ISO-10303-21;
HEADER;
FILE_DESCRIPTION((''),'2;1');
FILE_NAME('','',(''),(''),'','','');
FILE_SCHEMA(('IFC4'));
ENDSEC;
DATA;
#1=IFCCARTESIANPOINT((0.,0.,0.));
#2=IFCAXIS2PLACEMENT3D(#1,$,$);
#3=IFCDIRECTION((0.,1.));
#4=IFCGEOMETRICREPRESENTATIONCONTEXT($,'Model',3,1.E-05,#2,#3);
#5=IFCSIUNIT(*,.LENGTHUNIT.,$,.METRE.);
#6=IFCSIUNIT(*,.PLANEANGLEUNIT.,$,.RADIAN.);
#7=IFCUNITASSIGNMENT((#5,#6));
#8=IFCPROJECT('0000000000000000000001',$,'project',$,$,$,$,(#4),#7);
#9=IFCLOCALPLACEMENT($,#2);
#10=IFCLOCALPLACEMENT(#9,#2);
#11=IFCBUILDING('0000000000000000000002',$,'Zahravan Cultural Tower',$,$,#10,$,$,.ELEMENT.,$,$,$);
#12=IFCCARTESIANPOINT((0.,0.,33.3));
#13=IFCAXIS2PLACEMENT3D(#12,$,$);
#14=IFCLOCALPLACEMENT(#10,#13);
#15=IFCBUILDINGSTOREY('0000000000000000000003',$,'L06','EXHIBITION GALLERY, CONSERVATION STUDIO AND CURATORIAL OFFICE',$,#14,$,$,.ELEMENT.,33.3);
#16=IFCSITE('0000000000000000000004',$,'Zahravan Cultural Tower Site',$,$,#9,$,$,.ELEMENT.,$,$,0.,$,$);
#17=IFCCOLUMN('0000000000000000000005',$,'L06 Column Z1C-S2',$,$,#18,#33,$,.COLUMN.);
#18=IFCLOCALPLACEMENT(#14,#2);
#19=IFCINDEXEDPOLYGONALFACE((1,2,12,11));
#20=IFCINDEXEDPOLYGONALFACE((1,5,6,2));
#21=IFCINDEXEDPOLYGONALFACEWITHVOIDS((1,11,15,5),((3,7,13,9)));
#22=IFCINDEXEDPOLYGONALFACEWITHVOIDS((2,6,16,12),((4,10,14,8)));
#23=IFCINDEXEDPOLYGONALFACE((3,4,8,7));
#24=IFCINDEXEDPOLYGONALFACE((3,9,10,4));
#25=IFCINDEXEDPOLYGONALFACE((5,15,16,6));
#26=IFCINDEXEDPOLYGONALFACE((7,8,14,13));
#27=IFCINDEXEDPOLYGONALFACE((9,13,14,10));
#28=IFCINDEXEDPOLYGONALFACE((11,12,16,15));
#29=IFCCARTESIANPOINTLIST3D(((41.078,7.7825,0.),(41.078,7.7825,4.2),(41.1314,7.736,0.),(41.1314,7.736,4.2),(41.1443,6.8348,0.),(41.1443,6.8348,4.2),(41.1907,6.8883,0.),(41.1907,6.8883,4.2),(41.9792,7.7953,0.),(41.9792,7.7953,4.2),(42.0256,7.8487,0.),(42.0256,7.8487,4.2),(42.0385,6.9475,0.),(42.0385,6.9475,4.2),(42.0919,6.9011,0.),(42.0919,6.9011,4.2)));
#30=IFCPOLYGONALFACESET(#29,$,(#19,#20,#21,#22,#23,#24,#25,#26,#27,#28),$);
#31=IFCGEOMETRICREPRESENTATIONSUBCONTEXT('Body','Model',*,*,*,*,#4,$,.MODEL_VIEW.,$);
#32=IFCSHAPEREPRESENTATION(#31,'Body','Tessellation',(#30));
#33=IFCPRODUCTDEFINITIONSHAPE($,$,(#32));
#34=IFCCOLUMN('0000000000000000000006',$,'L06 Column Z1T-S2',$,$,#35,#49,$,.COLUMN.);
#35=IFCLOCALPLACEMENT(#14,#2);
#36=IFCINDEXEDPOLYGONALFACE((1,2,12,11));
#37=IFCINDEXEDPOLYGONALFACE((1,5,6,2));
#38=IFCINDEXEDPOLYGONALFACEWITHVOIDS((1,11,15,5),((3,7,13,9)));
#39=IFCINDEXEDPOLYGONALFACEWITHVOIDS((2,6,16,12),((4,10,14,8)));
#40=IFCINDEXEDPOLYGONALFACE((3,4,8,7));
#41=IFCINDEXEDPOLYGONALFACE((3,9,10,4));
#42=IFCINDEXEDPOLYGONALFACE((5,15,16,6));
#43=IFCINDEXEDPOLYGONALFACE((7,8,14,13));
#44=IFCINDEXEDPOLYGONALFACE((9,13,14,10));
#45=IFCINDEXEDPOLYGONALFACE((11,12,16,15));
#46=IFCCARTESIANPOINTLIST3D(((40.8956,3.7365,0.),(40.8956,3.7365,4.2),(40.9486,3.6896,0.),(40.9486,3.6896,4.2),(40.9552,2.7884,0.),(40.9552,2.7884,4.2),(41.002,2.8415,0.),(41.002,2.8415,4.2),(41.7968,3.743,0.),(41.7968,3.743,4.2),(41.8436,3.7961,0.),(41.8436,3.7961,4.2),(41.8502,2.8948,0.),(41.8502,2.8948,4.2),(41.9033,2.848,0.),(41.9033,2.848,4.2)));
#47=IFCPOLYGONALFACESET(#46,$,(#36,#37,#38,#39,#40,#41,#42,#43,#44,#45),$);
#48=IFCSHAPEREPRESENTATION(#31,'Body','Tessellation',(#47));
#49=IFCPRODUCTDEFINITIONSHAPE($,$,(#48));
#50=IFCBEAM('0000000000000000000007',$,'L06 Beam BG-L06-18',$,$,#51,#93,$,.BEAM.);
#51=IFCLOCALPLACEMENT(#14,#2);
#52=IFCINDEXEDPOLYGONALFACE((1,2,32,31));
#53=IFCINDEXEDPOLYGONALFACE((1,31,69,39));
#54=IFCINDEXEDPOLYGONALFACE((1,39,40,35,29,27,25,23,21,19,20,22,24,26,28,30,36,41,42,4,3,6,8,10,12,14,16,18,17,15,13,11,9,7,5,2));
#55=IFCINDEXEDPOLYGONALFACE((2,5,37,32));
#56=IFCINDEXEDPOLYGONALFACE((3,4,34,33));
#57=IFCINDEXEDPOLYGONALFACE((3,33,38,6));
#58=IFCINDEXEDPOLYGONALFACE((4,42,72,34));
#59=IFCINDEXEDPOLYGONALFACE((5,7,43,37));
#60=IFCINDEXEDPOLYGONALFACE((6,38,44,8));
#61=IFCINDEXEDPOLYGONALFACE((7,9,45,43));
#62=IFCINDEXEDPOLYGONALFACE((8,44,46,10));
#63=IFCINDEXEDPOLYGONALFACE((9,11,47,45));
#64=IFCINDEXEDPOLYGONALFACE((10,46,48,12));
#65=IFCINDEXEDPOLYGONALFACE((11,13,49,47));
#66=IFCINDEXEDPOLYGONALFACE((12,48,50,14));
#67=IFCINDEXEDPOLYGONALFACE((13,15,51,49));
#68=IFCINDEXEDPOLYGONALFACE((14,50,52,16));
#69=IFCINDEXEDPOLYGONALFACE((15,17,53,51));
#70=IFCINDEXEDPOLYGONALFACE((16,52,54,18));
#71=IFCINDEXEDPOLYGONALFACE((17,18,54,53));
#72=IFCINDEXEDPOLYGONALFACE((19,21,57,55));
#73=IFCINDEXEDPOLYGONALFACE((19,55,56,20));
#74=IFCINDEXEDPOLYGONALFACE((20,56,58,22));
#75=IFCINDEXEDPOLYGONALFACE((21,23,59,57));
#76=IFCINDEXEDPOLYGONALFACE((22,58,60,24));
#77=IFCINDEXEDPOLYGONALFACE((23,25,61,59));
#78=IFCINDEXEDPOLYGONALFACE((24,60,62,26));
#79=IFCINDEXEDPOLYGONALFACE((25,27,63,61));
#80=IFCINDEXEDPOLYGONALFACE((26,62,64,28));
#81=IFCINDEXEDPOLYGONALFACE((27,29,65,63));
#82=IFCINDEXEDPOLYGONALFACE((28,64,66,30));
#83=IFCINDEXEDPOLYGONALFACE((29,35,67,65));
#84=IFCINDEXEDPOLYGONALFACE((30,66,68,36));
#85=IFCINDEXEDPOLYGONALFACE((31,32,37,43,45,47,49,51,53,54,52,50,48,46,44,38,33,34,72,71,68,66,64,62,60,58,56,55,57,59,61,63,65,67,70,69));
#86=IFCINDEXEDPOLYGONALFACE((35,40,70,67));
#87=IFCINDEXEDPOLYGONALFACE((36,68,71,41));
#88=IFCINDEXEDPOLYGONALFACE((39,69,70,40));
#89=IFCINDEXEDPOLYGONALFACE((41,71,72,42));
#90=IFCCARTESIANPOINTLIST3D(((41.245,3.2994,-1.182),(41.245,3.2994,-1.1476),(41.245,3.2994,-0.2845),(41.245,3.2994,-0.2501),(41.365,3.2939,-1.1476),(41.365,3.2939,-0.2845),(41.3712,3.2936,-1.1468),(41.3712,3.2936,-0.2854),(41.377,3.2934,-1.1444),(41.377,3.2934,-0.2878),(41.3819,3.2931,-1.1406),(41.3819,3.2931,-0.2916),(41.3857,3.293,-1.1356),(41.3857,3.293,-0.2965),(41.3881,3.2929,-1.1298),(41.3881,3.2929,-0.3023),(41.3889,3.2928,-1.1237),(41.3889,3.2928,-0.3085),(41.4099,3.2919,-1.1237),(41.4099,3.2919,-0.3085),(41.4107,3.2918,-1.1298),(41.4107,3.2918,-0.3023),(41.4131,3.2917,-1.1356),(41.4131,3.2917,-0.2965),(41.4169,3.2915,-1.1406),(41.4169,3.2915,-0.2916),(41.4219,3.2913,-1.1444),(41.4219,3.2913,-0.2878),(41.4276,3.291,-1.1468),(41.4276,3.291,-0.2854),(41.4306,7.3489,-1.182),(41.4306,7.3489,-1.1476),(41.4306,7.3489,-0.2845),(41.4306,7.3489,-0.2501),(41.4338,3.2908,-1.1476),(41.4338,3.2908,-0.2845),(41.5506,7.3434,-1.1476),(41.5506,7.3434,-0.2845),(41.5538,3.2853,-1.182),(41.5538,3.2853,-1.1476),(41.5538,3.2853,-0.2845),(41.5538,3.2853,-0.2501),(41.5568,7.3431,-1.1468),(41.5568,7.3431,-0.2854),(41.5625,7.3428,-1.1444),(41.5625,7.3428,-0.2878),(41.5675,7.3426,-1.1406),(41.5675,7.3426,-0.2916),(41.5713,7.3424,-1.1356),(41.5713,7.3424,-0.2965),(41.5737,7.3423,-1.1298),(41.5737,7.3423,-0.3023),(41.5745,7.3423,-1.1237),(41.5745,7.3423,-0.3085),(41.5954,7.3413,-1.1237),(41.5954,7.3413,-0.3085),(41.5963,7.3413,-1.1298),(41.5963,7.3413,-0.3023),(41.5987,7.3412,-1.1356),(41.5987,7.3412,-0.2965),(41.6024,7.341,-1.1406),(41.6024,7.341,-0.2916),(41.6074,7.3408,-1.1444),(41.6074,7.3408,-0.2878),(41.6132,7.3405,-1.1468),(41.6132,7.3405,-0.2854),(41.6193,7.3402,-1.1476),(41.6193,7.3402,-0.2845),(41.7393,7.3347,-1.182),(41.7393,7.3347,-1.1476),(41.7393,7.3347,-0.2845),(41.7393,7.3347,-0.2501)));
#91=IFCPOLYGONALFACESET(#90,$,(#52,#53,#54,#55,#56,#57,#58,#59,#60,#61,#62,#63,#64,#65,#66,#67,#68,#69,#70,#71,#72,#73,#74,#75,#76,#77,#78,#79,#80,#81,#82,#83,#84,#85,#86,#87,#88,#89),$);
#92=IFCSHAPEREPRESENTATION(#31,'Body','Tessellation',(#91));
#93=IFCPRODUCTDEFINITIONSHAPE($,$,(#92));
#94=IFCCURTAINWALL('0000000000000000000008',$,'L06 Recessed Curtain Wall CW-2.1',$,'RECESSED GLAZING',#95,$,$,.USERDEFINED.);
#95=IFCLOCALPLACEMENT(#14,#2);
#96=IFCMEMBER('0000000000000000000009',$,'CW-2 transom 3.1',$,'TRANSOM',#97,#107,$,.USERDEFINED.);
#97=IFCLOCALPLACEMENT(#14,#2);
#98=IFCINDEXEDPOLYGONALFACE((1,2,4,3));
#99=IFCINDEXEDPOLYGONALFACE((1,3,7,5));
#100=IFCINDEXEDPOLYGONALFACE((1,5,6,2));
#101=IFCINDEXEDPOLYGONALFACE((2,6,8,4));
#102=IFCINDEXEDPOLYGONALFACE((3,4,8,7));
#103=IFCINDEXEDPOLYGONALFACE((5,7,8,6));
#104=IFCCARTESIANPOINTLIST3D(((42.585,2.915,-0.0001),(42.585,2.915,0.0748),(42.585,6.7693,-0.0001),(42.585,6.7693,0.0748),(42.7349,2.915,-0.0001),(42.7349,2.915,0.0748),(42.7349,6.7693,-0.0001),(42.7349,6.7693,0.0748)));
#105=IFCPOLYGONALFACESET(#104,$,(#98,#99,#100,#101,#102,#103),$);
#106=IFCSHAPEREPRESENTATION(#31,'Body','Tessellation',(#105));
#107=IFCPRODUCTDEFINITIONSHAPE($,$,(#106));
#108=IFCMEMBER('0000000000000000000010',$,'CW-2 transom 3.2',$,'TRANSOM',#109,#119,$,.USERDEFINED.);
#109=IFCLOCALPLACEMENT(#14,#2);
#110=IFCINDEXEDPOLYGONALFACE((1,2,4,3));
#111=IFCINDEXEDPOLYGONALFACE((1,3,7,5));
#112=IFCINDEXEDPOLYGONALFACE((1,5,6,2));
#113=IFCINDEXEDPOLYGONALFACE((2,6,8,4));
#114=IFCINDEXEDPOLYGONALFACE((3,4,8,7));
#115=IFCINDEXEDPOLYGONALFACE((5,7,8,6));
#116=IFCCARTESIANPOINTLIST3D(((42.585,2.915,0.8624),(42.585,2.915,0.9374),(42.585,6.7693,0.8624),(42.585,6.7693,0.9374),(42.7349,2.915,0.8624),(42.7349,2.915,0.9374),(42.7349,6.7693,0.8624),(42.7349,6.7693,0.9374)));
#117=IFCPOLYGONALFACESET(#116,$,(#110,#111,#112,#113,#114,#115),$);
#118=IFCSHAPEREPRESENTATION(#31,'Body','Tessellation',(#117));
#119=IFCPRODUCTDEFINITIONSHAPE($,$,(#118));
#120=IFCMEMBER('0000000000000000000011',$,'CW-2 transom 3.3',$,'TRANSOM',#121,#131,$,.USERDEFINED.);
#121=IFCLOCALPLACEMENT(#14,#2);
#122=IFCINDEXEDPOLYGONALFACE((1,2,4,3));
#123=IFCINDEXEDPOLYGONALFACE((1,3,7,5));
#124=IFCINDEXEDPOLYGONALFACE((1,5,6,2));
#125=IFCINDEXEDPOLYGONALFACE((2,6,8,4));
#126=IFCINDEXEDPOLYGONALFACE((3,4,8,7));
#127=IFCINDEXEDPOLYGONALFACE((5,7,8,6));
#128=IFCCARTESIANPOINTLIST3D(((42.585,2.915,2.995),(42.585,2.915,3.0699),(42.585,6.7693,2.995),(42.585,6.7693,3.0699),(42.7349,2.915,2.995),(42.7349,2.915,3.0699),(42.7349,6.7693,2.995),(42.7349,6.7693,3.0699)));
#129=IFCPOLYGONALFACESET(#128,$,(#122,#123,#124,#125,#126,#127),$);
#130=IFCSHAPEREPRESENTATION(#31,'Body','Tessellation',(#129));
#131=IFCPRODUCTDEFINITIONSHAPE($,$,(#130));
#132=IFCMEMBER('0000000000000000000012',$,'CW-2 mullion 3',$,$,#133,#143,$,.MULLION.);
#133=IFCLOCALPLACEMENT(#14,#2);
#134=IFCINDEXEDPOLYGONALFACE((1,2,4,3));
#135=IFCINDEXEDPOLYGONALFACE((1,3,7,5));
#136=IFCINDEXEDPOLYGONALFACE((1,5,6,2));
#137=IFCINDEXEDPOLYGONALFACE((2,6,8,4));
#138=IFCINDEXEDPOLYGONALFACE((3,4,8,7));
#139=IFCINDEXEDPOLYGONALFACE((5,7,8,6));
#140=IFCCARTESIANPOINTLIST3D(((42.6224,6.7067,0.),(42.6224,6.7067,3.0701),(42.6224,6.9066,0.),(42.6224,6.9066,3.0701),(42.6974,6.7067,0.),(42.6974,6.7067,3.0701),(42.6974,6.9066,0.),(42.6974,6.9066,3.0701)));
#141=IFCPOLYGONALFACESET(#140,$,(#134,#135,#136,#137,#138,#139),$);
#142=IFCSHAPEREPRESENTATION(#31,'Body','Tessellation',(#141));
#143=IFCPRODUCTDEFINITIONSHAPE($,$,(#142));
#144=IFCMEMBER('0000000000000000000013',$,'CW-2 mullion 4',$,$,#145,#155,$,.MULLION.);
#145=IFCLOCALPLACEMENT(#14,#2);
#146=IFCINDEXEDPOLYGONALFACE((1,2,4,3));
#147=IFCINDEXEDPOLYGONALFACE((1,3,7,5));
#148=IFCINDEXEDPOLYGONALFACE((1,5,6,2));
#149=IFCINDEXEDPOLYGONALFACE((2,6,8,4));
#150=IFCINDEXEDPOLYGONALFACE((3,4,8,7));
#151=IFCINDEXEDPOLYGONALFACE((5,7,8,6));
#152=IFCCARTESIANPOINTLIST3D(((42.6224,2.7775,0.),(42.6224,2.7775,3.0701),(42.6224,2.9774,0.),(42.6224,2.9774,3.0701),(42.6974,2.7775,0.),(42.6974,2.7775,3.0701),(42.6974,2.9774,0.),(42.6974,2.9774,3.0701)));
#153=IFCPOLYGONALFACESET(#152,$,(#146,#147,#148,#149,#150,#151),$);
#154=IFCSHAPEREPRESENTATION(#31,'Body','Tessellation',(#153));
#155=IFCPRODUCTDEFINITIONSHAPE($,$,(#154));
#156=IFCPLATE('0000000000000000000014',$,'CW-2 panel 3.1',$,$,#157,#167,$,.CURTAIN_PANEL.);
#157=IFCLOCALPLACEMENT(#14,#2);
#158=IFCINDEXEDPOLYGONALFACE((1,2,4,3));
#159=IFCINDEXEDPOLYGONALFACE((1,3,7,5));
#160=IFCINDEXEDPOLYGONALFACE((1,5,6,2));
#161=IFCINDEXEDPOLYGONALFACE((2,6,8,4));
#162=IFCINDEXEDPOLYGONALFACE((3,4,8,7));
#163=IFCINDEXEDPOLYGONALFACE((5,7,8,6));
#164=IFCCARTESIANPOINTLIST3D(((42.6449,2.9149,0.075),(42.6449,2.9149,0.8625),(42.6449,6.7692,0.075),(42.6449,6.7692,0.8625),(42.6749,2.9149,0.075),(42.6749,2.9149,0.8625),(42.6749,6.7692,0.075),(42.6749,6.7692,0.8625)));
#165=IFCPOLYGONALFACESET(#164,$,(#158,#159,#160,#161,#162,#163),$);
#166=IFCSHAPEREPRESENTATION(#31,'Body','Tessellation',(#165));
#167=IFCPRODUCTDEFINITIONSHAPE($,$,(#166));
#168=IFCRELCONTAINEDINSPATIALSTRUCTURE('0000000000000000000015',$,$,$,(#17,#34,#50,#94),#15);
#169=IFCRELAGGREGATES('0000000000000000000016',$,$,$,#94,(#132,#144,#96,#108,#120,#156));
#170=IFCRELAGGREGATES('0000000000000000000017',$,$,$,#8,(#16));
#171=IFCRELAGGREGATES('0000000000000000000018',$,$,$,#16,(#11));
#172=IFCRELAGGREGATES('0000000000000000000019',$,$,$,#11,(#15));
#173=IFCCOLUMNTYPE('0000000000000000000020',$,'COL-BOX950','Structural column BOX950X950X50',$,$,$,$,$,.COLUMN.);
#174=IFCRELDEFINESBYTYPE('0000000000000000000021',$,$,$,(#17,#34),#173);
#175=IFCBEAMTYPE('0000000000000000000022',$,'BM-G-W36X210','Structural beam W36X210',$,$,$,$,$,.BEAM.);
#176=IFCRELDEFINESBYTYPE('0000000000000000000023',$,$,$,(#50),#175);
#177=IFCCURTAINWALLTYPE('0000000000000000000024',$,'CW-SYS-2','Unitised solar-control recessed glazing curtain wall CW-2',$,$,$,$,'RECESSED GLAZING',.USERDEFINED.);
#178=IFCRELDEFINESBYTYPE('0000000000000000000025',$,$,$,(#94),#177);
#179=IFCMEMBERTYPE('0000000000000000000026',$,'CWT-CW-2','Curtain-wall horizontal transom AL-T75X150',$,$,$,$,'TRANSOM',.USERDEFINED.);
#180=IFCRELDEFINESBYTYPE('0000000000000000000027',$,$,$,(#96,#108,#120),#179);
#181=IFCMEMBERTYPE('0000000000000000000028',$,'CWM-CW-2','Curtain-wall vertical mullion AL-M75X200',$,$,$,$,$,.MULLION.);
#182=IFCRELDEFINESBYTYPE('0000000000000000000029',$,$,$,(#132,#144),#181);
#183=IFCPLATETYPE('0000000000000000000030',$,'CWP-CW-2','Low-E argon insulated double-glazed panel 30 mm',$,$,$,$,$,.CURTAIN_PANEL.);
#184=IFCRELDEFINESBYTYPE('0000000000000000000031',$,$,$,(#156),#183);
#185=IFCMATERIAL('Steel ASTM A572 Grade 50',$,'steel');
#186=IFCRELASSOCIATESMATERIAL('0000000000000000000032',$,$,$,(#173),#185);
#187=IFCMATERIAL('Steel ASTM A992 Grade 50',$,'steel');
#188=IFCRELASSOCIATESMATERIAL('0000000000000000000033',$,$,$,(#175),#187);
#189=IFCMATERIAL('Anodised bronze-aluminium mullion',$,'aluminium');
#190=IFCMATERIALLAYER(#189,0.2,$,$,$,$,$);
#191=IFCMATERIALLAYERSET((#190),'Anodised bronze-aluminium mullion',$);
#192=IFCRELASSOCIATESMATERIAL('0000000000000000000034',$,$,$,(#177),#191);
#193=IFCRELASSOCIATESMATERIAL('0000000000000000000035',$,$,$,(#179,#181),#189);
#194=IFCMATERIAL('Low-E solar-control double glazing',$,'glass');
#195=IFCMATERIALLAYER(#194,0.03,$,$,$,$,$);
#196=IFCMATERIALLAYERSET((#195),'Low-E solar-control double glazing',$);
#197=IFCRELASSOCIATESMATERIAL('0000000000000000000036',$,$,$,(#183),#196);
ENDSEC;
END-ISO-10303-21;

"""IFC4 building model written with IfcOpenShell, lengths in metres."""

from ifc_helpers import new_model, si_unit, direction, frame, origin, origin_2d, place, context, subcontext, project, spatial, rectangle, hollow_rectangle, i_section, extrude, source, transform, mapped, material, layer, layer_set, material_profile, profile_set, type_object, element, aggregate, save


model = new_model("IFC4")

# Units and contexts
model_context = context("Model", 3, precision=1e-05, world=origin(), true_north=direction((0.0, 1.0)))
body_context = subcontext(model_context, "Body", "Model", "MODEL_VIEW")
ifc_project = project(units=[si_unit("LENGTHUNIT", "METRE"), si_unit("PLANEANGLEUNIT", "RADIAN")], contexts=[model_context])

# Site, building, storey
site_placement = place(None, origin())
site = spatial("IfcSite", under=ifc_project, at=site_placement, Name="Zahravan Cultural Tower Site", CompositionType="ELEMENT", RefElevation=0.0)
building_placement = place(site_placement, origin())
building = spatial("IfcBuilding", under=site, at=building_placement, Name="Zahravan Cultural Tower", CompositionType="ELEMENT")
storey_placement = place(building_placement, frame((0.0, 0.0, 33.3)))
storey = spatial("IfcBuildingStorey", under=building, at=storey_placement, Name="L06", Description="EXHIBITION GALLERY, CONSERVATION STUDIO AND CURATORIAL OFFICE", CompositionType="ELEMENT", Elevation=33.3)

# Columns
ifc_material_1 = material(Name="Steel ASTM A572 Grade 50", Category="steel")
ifc_material_profile_1 = material_profile(ifc_material_1, hollow_rectangle(XDim=0.95, YDim=0.95, WallThickness=0.05, at=origin_2d()), Name="BOX950X950X50")
ifc_profile_set_1 = profile_set([ifc_material_profile_1], Name="Steel ASTM A572 Grade 50")
column_type = type_object("IfcColumnType", Name="COL-BOX950", Description="Structural column BOX950X950X50", PredefinedType="COLUMN", material=ifc_profile_set_1)
shared_shape_1 = source(origin(), body_context, "Body", "SweptSolid", [
    extrude(hollow_rectangle(XDim=0.95, YDim=0.95, WallThickness=0.05, at=origin_2d()), origin(), (0.0, 0.0, 1.0), 4.2),
])
for number, where, z_axis, x_axis, name in (
    (1, (41.585, 7.3418, 0.0), (0.0, 0.0, 1.0), (-0.069756, 0.997564, 0.0), "L06 Column Z1C-S2"),
    (2, (41.3994, 3.2922, 0.0), (0.0, 0.0, 1.0), (-0.062791, 0.998027, 0.0), "L06 Column Z1T-S2"),
):
    element("IfcColumn", number, at=place(storey_placement, frame(where, z_axis=z_axis, x_axis=x_axis)), inside=storey, type_object=column_type, Name=name, PredefinedType="COLUMN", context=body_context, shape_type="MappedRepresentation", body=[
        mapped(shared_shape_1, transform((0.0, 0.0, 0.0), x_axis=(1.0, 0.0, 0.0), y_axis=(0.0, 1.0, 0.0), z_axis=(0.0, 0.0, 1.0), scale=1.0)),
    ])

# Beam
ifc_material_2 = material(Name="Steel ASTM A992 Grade 50", Category="steel")
ifc_material_profile_2 = material_profile(ifc_material_2, i_section(OverallWidth=0.3091, OverallDepth=0.9319, WebThickness=0.021, FlangeThickness=0.0344, FilletRadius=0.0239, at=origin_2d()), Name="W36X210")
ifc_profile_set_2 = profile_set([ifc_material_profile_2], Name="Steel ASTM A992 Grade 50")
beam_type = type_object("IfcBeamType", Name="BM-G-W36X210", Description="Structural beam W36X210", PredefinedType="BEAM", material=ifc_profile_set_2)
shared_shape_2 = source(origin(), body_context, "Body", "SweptSolid", [
    extrude(i_section(OverallWidth=0.3091, OverallDepth=0.9319, WebThickness=0.021, FlangeThickness=0.0344, FilletRadius=0.0239, at=origin_2d()), origin(), (0.0, 0.0, 1.0), 4.0537),
])
beam_placement = place(storey_placement, frame((41.585, 7.3418, -0.7161), z_axis=(-0.045771, -0.998952, 0.0), x_axis=(0.998952, -0.045771, 0.0)))
element("IfcBeam", 3, at=beam_placement, inside=storey, type_object=beam_type, Name="L06 Beam BG-L06-18", PredefinedType="BEAM", context=body_context, shape_type="MappedRepresentation", body=[
    mapped(shared_shape_2, transform((0.0, 0.0, 0.0), x_axis=(1.0, 0.0, 0.0), y_axis=(0.0, 1.0, 0.0), z_axis=(0.0, 0.0, 1.0), scale=1.0)),
])

# Curtain wall, members, plate
ifc_material_3 = material(Name="Anodised bronze-aluminium mullion", Category="aluminium")
ifc_layer_1 = layer(ifc_material_3, 0.2)
ifc_layer_set_1 = layer_set([ifc_layer_1], Name="Anodised bronze-aluminium mullion")
curtain_wall_type = type_object("IfcCurtainWallType", Name="CW-SYS-2", Description="Unitised solar-control recessed glazing curtain wall CW-2", ElementType="RECESSED GLAZING", PredefinedType="USERDEFINED", material=ifc_layer_set_1)
curtain_wall_placement = place(storey_placement, origin())
curtain_wall = element("IfcCurtainWall", 4, at=curtain_wall_placement, inside=storey, type_object=curtain_wall_type, Name="L06 Recessed Curtain Wall CW-2.1", ObjectType="RECESSED GLAZING", PredefinedType="USERDEFINED")
ifc_material_profile_3 = material_profile(ifc_material_3, rectangle(XDim=0.1499, YDim=0.075, at=origin_2d()), Name="AL-T75X150")
ifc_profile_set_3 = profile_set([ifc_material_profile_3], Name="Anodised bronze-aluminium mullion")
member_type_1 = type_object("IfcMemberType", Name="CWT-CW-2", Description="Curtain-wall horizontal transom AL-T75X150", ElementType="TRANSOM", PredefinedType="USERDEFINED", material=ifc_profile_set_3)
shared_shape_3 = source(origin(), body_context, "Body", "SweptSolid", [
    extrude(rectangle(XDim=0.1499, YDim=0.075, at=origin_2d()), origin(), (0.0, 0.0, 1.0), 3.8542),
])
member_1_placement = place(storey_placement, frame((42.6599, 6.7693, 0.0374), z_axis=(0.0, -1.0, 0.0), x_axis=(1.0, 0.0, 0.0)))
member_1 = element("IfcMember", 5, at=member_1_placement, type_object=member_type_1, Name="CW-2 transom 3.1", ObjectType="TRANSOM", PredefinedType="USERDEFINED", context=body_context, shape_type="MappedRepresentation", body=[
    mapped(shared_shape_3, transform((0.0, 0.0, 0.0), x_axis=(1.0, 0.0, 0.0), y_axis=(0.0, 1.0, 0.0), z_axis=(0.0, 0.0, 1.0), scale=1.0)),
])
member_2_placement = place(storey_placement, frame((42.6599, 6.7693, 0.8999), z_axis=(0.0, -1.0, 0.0), x_axis=(1.0, 0.0, 0.0)))
member_2 = element("IfcMember", 6, at=member_2_placement, type_object=member_type_1, Name="CW-2 transom 3.2", ObjectType="TRANSOM", PredefinedType="USERDEFINED", context=body_context, shape_type="MappedRepresentation", body=[
    mapped(shared_shape_3, transform((0.0, 0.0, 0.0), x_axis=(1.0, 0.0, 0.0), y_axis=(0.0, 1.0, 0.0), z_axis=(0.0, 0.0, 1.0), scale=1.0)),
])
member_3_placement = place(storey_placement, frame((42.6599, 6.7693, 3.0325), z_axis=(0.0, -1.0, 0.0), x_axis=(1.0, 0.0, 0.0)))
member_3 = element("IfcMember", 7, at=member_3_placement, type_object=member_type_1, Name="CW-2 transom 3.3", ObjectType="TRANSOM", PredefinedType="USERDEFINED", context=body_context, shape_type="MappedRepresentation", body=[
    mapped(shared_shape_3, transform((0.0, 0.0, 0.0), x_axis=(1.0, 0.0, 0.0), y_axis=(0.0, 1.0, 0.0), z_axis=(0.0, 0.0, 1.0), scale=1.0)),
])
ifc_material_profile_4 = material_profile(ifc_material_3, rectangle(XDim=0.075, YDim=0.2, at=origin_2d()), Name="AL-M75X200")
ifc_profile_set_4 = profile_set([ifc_material_profile_4], Name="Anodised bronze-aluminium mullion")
member_type_2 = type_object("IfcMemberType", Name="CWM-CW-2", Description="Curtain-wall vertical mullion AL-M75X200", PredefinedType="MULLION", material=ifc_profile_set_4)
shared_shape_4 = source(origin(), body_context, "Body", "SweptSolid", [
    extrude(rectangle(XDim=0.075, YDim=0.2, at=origin_2d()), origin(), (0.0, 0.0, 1.0), 3.0701),
])
member_4_placement = place(storey_placement, frame((42.6599, 6.8066, 0.0), z_axis=(0.0, 0.0, 1.0), x_axis=(1.0, 0.0, 0.0)))
member_4 = element("IfcMember", 8, at=member_4_placement, type_object=member_type_2, Name="CW-2 mullion 3", PredefinedType="MULLION", context=body_context, shape_type="MappedRepresentation", body=[
    mapped(shared_shape_4, transform((0.0, 0.0, 0.0), x_axis=(1.0, 0.0, 0.0), y_axis=(0.0, 1.0, 0.0), z_axis=(0.0, 0.0, 1.0), scale=1.0)),
])
member_5_placement = place(storey_placement, frame((42.6599, 2.8774, 0.0), z_axis=(0.0, 0.0, 1.0), x_axis=(1.0, 0.0, 0.0)))
member_5 = element("IfcMember", 9, at=member_5_placement, type_object=member_type_2, Name="CW-2 mullion 4", PredefinedType="MULLION", context=body_context, shape_type="MappedRepresentation", body=[
    mapped(shared_shape_4, transform((0.0, 0.0, 0.0), x_axis=(1.0, 0.0, 0.0), y_axis=(0.0, 1.0, 0.0), z_axis=(0.0, 0.0, 1.0), scale=1.0)),
])
ifc_material_4 = material(Name="Low-E solar-control double glazing", Category="glass")
ifc_layer_2 = layer(ifc_material_4, 0.03)
ifc_layer_set_2 = layer_set([ifc_layer_2], Name="Low-E solar-control double glazing")
plate_type = type_object("IfcPlateType", Name="CWP-CW-2", Description="Low-E argon insulated double-glazed panel 30 mm", PredefinedType="CURTAIN_PANEL", material=ifc_layer_set_2)
shared_shape_5 = source(origin(), body_context, "Body", "SweptSolid", [
    extrude(rectangle(XDim=3.8542, YDim=0.03, at=origin_2d()), origin(), (0.0, 0.0, 1.0), 0.7876),
])
plate_1_placement = place(storey_placement, frame((42.6599, 4.842, 0.075), z_axis=(0.0, 0.0, 1.0), x_axis=(0.0, -1.0, 0.0)))
plate_1 = element("IfcPlate", 10, at=plate_1_placement, type_object=plate_type, Name="CW-2 panel 3.1", PredefinedType="CURTAIN_PANEL", context=body_context, shape_type="MappedRepresentation", body=[
    mapped(shared_shape_5, transform((0.0, 0.0, 0.0), x_axis=(1.0, 0.0, 0.0), y_axis=(0.0, 1.0, 0.0), z_axis=(0.0, 0.0, 1.0), scale=1.0)),
])
aggregate(curtain_wall, [member_4, member_5, member_1, member_2, member_3, plate_1])

save(model, "model.ifc")
